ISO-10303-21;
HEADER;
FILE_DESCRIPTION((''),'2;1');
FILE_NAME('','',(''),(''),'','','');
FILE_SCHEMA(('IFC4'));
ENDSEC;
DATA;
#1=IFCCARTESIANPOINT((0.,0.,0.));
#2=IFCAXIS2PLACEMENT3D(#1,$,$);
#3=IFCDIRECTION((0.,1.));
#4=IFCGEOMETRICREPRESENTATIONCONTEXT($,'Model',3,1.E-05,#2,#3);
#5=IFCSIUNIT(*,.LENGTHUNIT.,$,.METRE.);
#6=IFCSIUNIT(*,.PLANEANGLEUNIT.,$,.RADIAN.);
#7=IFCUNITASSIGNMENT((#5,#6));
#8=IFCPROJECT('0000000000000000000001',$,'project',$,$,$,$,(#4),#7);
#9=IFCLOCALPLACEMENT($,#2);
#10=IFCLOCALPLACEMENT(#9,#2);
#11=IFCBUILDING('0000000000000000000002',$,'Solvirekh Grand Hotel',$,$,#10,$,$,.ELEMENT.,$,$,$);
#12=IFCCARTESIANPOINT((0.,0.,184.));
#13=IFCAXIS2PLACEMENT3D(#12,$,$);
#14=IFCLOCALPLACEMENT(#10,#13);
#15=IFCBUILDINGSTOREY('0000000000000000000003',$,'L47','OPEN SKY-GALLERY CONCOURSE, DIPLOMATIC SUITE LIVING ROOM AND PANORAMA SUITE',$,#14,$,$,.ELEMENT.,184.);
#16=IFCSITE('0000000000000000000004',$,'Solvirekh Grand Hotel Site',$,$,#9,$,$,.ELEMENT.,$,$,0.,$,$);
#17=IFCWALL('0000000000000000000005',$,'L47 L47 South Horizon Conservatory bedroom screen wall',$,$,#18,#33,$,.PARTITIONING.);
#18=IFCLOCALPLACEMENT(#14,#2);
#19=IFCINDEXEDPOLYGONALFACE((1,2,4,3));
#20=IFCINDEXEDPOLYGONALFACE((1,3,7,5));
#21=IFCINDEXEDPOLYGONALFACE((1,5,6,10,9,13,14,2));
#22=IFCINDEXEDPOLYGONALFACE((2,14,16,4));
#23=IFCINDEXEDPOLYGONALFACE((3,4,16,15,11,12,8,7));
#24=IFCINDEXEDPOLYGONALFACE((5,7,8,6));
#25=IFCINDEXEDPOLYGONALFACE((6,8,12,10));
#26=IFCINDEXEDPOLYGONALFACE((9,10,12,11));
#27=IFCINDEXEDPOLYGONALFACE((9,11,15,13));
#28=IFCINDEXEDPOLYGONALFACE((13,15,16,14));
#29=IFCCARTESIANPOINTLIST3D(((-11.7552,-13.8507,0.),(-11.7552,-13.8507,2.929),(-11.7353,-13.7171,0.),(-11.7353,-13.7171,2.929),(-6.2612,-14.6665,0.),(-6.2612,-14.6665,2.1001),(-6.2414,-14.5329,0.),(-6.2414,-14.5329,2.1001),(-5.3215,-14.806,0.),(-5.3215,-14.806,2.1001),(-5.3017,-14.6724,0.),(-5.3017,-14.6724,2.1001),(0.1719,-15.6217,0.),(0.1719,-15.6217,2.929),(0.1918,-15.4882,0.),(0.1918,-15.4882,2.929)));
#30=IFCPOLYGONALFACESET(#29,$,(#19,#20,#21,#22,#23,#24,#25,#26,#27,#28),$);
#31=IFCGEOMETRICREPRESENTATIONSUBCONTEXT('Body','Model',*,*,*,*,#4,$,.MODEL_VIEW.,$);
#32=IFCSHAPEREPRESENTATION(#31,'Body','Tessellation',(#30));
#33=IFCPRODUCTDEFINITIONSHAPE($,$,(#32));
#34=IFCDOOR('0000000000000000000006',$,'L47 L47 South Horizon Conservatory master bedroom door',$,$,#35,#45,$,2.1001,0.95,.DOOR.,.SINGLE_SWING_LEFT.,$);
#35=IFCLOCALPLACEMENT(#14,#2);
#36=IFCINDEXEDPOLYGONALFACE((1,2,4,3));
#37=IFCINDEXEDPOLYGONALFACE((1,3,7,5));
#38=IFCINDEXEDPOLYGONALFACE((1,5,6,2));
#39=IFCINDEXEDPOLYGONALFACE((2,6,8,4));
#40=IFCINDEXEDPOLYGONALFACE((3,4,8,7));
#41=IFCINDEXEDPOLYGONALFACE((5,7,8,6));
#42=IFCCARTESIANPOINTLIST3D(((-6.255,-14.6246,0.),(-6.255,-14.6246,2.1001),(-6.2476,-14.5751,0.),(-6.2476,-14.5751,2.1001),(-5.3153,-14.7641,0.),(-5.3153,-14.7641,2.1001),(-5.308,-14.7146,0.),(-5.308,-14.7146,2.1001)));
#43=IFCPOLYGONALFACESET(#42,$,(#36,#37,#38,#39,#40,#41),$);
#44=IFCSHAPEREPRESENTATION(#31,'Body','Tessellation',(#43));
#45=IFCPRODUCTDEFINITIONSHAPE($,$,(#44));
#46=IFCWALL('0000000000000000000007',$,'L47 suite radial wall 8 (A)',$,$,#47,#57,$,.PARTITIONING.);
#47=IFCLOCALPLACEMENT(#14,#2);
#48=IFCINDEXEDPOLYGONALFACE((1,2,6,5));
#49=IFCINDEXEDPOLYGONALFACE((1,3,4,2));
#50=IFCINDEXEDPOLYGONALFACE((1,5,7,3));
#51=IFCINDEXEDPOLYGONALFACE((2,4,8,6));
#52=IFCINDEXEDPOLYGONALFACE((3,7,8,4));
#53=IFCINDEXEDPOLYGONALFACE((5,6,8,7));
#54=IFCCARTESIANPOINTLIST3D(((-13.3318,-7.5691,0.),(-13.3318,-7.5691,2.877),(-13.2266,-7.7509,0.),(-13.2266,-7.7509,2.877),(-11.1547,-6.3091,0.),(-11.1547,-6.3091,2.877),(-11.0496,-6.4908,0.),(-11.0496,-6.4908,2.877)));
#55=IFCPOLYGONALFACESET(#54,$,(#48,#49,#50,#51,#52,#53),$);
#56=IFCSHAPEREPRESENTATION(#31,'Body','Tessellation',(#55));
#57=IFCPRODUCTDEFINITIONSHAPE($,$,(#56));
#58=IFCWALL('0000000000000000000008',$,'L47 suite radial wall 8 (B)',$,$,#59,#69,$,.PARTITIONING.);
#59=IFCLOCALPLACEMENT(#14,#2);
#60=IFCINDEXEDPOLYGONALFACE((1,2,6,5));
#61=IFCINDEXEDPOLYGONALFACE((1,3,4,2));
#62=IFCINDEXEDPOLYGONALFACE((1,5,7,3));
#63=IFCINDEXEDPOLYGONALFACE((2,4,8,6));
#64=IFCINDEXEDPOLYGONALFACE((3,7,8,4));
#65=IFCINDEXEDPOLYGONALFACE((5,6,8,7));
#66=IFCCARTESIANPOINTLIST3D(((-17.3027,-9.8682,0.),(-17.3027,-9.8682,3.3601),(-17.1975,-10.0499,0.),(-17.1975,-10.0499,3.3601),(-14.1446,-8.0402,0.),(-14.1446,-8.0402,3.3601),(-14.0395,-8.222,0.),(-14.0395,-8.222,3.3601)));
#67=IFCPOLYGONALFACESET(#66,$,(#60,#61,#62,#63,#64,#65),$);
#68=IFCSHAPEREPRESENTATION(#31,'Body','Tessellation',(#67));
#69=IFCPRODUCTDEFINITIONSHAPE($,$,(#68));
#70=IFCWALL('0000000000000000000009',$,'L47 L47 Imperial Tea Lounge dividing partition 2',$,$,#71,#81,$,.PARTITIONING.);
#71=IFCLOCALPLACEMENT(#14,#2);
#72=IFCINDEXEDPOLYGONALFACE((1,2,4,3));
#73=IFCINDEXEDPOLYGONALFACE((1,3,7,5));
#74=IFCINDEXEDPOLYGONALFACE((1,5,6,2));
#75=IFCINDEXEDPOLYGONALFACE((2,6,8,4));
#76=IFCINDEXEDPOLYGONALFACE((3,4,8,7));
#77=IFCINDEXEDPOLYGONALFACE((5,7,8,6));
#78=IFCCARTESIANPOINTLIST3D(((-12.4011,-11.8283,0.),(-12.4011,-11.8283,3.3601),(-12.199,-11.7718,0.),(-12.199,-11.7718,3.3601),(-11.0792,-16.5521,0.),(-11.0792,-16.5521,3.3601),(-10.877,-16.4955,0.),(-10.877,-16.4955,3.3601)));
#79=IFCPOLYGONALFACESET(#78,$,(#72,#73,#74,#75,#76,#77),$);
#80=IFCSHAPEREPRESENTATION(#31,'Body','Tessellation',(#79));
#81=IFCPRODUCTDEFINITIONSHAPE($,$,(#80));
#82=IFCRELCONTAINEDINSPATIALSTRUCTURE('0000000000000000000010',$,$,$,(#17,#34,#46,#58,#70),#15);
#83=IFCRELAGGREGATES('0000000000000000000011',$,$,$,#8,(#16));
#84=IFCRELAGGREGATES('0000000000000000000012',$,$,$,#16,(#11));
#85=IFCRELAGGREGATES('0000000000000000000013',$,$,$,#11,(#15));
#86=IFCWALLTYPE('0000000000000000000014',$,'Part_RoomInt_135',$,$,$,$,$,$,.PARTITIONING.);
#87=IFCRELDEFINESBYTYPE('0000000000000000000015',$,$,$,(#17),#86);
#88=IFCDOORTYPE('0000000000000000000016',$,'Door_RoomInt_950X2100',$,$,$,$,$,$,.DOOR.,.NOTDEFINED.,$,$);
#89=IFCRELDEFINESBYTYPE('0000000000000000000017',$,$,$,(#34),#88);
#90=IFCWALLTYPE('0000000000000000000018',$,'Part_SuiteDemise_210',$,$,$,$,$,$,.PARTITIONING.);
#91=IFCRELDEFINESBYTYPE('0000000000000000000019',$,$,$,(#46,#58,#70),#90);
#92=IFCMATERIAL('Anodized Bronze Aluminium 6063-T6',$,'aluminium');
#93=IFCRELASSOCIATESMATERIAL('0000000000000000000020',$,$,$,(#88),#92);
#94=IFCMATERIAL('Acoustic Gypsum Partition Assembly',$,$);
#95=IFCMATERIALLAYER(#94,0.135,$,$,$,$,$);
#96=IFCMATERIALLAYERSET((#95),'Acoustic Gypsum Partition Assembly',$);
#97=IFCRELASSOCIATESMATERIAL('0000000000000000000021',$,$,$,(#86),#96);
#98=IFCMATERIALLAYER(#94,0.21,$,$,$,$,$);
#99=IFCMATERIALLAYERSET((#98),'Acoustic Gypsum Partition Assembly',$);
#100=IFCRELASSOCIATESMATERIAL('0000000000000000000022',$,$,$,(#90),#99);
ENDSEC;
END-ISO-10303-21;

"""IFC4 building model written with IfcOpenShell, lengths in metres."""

from ifc_helpers import new_model, si_unit, direction, frame, frame_2d, origin, place, context, subcontext, project, spatial, rectangle, extrude, material, layer, layer_set, type_object, element, fill, save


model = new_model("IFC4")

# Units and contexts
model_context = context("Model", 3, precision=1e-05, world=origin(), true_north=direction((0.0, 1.0)))
body_context = subcontext(model_context, "Body", "Model", "MODEL_VIEW")
ifc_project = project(units=[si_unit("LENGTHUNIT", "METRE"), si_unit("PLANEANGLEUNIT", "RADIAN")], contexts=[model_context])

# Site, building, storey
site_placement = place(None, origin())
site = spatial("IfcSite", under=ifc_project, at=site_placement, Name="Solvirekh Grand Hotel Site", CompositionType="ELEMENT", RefElevation=0.0)
building_placement = place(site_placement, origin())
building = spatial("IfcBuilding", under=site, at=building_placement, Name="Solvirekh Grand Hotel", CompositionType="ELEMENT")
storey_placement = place(building_placement, frame((0.0, 0.0, 184.0)))
storey = spatial("IfcBuildingStorey", under=building, at=storey_placement, Name="L47", Description="OPEN SKY-GALLERY CONCOURSE, DIPLOMATIC SUITE LIVING ROOM AND PANORAMA SUITE", CompositionType="ELEMENT", Elevation=184.0)

# Shared definitions
ifc_material_1 = material(Name="Anodized Bronze Aluminium 6063-T6", Category="aluminium")

# Wall, opening, door
ifc_material_2 = material(Name="Acoustic Gypsum Partition Assembly")
door_type_1 = type_object("IfcDoorType", Name="Door_RoomInt_950X2100", OperationType="NOTDEFINED", PredefinedType="DOOR", material=ifc_material_1)
ifc_layer_1 = layer(ifc_material_2, 0.135)
ifc_layer_set_1 = layer_set([ifc_layer_1], Name="Acoustic Gypsum Partition Assembly")
wall_type_1 = type_object("IfcWallType", Name="Part_RoomInt_135", PredefinedType="PARTITIONING", material=ifc_layer_set_1)
wall_1_placement = place(storey_placement, frame((-11.7451, -13.7839, 0.0), z_axis=(0.0, 0.0, 1.0), x_axis=(0.989155, -0.146876, 0.0)))
wall_1 = element("IfcWall", 1, at=wall_1_placement, inside=storey, type_object=wall_type_1, Name="L47 L47 South Horizon Conservatory bedroom screen wall", PredefinedType="PARTITIONING", context=body_context, shape_type="SweptSolid", body=[
    extrude(rectangle(XDim=12.0579, YDim=0.135, at=frame_2d((6.0288, 0.0))), origin(), (0.0, 0.0, 1.0), 2.929),
])
opening_1_placement = place(wall_1_placement, frame((5.554, 0.0, 0.0)))
opening_1 = element("IfcOpeningElement", 2, at=opening_1_placement, cuts=wall_1, PredefinedType="OPENING", context=body_context, shape_type="SweptSolid", body=[
    extrude(rectangle(XDim=0.95, YDim=2.1001, at=frame_2d((0.4751, 1.05))), frame((0.0, 0.0776, 0.0), z_axis=(0.0, -1.0, 0.0), x_axis=(1.0, 0.0, 0.0)), (0.0, 0.0, 1.0), 0.155),
])
door_1_placement = place(opening_1_placement, origin())
door_1 = element("IfcDoor", 3, at=door_1_placement, inside=storey, type_object=door_type_1, Name="L47 L47 South Horizon Conservatory master bedroom door", OperationType="SINGLE_SWING_LEFT", OverallHeight=2.1001, OverallWidth=0.95, PredefinedType="DOOR", context=body_context, shape_type="SweptSolid", body=[
    extrude(rectangle(XDim=0.95, YDim=2.1001, at=frame_2d((0.4751, 1.05))), frame((0.0, 0.0249, 0.0), z_axis=(0.0, -1.0, 0.0), x_axis=(1.0, 0.0, 0.0)), (0.0, 0.0, 1.0), 0.05),
])
fill(opening_1, door_1)

# Walls
ifc_layer_2 = layer(ifc_material_2, 0.21)
ifc_layer_set_2 = layer_set([ifc_layer_2], Name="Acoustic Gypsum Partition Assembly")
wall_type_2 = type_object("IfcWallType", Name="Part_SuiteDemise_210", PredefinedType="PARTITIONING", material=ifc_layer_set_2)
wall_2_placement = place(storey_placement, frame((-11.1021, -6.3999, 0.0), z_axis=(0.0, 0.0, 1.0), x_axis=(-0.865488, -0.500929, 0.0)))
element("IfcWall", 4, at=wall_2_placement, inside=storey, type_object=wall_type_2, Name="L47 suite radial wall 8 (A)", PredefinedType="PARTITIONING", context=body_context, shape_type="SweptSolid", body=[
    extrude(rectangle(XDim=2.5154, YDim=0.21, at=frame_2d((1.2578, 0.0))), origin(), (0.0, 0.0, 1.0), 2.877),
])
wall_3_placement = place(storey_placement, frame((-14.092, -8.1311, 0.0), z_axis=(0.0, 0.0, 1.0), x_axis=(-0.865475, -0.500952, 0.0)))
element("IfcWall", 5, at=wall_3_placement, inside=storey, type_object=wall_type_2, Name="L47 suite radial wall 8 (B)", PredefinedType="PARTITIONING", context=body_context, shape_type="SweptSolid", body=[
    extrude(rectangle(XDim=3.6489, YDim=0.21, at=frame_2d((1.8245, 0.0))), origin(), (0.0, 0.0, 1.0), 3.3601),
])
wall_4_placement = place(storey_placement, frame((-12.3, -11.8, 0.0), z_axis=(0.0, 0.0, 1.0), x_axis=(0.269504, -0.962999, 0.0)))
element("IfcWall", 6, at=wall_4_placement, inside=storey, type_object=wall_type_2, Name="L47 L47 Imperial Tea Lounge dividing partition 2", PredefinedType="PARTITIONING", context=body_context, shape_type="SweptSolid", body=[
    extrude(rectangle(XDim=4.9053, YDim=0.21, at=frame_2d((2.4526, 0.0))), origin(), (0.0, 0.0, 1.0), 3.3601),
])

save(model, "model.ifc")
